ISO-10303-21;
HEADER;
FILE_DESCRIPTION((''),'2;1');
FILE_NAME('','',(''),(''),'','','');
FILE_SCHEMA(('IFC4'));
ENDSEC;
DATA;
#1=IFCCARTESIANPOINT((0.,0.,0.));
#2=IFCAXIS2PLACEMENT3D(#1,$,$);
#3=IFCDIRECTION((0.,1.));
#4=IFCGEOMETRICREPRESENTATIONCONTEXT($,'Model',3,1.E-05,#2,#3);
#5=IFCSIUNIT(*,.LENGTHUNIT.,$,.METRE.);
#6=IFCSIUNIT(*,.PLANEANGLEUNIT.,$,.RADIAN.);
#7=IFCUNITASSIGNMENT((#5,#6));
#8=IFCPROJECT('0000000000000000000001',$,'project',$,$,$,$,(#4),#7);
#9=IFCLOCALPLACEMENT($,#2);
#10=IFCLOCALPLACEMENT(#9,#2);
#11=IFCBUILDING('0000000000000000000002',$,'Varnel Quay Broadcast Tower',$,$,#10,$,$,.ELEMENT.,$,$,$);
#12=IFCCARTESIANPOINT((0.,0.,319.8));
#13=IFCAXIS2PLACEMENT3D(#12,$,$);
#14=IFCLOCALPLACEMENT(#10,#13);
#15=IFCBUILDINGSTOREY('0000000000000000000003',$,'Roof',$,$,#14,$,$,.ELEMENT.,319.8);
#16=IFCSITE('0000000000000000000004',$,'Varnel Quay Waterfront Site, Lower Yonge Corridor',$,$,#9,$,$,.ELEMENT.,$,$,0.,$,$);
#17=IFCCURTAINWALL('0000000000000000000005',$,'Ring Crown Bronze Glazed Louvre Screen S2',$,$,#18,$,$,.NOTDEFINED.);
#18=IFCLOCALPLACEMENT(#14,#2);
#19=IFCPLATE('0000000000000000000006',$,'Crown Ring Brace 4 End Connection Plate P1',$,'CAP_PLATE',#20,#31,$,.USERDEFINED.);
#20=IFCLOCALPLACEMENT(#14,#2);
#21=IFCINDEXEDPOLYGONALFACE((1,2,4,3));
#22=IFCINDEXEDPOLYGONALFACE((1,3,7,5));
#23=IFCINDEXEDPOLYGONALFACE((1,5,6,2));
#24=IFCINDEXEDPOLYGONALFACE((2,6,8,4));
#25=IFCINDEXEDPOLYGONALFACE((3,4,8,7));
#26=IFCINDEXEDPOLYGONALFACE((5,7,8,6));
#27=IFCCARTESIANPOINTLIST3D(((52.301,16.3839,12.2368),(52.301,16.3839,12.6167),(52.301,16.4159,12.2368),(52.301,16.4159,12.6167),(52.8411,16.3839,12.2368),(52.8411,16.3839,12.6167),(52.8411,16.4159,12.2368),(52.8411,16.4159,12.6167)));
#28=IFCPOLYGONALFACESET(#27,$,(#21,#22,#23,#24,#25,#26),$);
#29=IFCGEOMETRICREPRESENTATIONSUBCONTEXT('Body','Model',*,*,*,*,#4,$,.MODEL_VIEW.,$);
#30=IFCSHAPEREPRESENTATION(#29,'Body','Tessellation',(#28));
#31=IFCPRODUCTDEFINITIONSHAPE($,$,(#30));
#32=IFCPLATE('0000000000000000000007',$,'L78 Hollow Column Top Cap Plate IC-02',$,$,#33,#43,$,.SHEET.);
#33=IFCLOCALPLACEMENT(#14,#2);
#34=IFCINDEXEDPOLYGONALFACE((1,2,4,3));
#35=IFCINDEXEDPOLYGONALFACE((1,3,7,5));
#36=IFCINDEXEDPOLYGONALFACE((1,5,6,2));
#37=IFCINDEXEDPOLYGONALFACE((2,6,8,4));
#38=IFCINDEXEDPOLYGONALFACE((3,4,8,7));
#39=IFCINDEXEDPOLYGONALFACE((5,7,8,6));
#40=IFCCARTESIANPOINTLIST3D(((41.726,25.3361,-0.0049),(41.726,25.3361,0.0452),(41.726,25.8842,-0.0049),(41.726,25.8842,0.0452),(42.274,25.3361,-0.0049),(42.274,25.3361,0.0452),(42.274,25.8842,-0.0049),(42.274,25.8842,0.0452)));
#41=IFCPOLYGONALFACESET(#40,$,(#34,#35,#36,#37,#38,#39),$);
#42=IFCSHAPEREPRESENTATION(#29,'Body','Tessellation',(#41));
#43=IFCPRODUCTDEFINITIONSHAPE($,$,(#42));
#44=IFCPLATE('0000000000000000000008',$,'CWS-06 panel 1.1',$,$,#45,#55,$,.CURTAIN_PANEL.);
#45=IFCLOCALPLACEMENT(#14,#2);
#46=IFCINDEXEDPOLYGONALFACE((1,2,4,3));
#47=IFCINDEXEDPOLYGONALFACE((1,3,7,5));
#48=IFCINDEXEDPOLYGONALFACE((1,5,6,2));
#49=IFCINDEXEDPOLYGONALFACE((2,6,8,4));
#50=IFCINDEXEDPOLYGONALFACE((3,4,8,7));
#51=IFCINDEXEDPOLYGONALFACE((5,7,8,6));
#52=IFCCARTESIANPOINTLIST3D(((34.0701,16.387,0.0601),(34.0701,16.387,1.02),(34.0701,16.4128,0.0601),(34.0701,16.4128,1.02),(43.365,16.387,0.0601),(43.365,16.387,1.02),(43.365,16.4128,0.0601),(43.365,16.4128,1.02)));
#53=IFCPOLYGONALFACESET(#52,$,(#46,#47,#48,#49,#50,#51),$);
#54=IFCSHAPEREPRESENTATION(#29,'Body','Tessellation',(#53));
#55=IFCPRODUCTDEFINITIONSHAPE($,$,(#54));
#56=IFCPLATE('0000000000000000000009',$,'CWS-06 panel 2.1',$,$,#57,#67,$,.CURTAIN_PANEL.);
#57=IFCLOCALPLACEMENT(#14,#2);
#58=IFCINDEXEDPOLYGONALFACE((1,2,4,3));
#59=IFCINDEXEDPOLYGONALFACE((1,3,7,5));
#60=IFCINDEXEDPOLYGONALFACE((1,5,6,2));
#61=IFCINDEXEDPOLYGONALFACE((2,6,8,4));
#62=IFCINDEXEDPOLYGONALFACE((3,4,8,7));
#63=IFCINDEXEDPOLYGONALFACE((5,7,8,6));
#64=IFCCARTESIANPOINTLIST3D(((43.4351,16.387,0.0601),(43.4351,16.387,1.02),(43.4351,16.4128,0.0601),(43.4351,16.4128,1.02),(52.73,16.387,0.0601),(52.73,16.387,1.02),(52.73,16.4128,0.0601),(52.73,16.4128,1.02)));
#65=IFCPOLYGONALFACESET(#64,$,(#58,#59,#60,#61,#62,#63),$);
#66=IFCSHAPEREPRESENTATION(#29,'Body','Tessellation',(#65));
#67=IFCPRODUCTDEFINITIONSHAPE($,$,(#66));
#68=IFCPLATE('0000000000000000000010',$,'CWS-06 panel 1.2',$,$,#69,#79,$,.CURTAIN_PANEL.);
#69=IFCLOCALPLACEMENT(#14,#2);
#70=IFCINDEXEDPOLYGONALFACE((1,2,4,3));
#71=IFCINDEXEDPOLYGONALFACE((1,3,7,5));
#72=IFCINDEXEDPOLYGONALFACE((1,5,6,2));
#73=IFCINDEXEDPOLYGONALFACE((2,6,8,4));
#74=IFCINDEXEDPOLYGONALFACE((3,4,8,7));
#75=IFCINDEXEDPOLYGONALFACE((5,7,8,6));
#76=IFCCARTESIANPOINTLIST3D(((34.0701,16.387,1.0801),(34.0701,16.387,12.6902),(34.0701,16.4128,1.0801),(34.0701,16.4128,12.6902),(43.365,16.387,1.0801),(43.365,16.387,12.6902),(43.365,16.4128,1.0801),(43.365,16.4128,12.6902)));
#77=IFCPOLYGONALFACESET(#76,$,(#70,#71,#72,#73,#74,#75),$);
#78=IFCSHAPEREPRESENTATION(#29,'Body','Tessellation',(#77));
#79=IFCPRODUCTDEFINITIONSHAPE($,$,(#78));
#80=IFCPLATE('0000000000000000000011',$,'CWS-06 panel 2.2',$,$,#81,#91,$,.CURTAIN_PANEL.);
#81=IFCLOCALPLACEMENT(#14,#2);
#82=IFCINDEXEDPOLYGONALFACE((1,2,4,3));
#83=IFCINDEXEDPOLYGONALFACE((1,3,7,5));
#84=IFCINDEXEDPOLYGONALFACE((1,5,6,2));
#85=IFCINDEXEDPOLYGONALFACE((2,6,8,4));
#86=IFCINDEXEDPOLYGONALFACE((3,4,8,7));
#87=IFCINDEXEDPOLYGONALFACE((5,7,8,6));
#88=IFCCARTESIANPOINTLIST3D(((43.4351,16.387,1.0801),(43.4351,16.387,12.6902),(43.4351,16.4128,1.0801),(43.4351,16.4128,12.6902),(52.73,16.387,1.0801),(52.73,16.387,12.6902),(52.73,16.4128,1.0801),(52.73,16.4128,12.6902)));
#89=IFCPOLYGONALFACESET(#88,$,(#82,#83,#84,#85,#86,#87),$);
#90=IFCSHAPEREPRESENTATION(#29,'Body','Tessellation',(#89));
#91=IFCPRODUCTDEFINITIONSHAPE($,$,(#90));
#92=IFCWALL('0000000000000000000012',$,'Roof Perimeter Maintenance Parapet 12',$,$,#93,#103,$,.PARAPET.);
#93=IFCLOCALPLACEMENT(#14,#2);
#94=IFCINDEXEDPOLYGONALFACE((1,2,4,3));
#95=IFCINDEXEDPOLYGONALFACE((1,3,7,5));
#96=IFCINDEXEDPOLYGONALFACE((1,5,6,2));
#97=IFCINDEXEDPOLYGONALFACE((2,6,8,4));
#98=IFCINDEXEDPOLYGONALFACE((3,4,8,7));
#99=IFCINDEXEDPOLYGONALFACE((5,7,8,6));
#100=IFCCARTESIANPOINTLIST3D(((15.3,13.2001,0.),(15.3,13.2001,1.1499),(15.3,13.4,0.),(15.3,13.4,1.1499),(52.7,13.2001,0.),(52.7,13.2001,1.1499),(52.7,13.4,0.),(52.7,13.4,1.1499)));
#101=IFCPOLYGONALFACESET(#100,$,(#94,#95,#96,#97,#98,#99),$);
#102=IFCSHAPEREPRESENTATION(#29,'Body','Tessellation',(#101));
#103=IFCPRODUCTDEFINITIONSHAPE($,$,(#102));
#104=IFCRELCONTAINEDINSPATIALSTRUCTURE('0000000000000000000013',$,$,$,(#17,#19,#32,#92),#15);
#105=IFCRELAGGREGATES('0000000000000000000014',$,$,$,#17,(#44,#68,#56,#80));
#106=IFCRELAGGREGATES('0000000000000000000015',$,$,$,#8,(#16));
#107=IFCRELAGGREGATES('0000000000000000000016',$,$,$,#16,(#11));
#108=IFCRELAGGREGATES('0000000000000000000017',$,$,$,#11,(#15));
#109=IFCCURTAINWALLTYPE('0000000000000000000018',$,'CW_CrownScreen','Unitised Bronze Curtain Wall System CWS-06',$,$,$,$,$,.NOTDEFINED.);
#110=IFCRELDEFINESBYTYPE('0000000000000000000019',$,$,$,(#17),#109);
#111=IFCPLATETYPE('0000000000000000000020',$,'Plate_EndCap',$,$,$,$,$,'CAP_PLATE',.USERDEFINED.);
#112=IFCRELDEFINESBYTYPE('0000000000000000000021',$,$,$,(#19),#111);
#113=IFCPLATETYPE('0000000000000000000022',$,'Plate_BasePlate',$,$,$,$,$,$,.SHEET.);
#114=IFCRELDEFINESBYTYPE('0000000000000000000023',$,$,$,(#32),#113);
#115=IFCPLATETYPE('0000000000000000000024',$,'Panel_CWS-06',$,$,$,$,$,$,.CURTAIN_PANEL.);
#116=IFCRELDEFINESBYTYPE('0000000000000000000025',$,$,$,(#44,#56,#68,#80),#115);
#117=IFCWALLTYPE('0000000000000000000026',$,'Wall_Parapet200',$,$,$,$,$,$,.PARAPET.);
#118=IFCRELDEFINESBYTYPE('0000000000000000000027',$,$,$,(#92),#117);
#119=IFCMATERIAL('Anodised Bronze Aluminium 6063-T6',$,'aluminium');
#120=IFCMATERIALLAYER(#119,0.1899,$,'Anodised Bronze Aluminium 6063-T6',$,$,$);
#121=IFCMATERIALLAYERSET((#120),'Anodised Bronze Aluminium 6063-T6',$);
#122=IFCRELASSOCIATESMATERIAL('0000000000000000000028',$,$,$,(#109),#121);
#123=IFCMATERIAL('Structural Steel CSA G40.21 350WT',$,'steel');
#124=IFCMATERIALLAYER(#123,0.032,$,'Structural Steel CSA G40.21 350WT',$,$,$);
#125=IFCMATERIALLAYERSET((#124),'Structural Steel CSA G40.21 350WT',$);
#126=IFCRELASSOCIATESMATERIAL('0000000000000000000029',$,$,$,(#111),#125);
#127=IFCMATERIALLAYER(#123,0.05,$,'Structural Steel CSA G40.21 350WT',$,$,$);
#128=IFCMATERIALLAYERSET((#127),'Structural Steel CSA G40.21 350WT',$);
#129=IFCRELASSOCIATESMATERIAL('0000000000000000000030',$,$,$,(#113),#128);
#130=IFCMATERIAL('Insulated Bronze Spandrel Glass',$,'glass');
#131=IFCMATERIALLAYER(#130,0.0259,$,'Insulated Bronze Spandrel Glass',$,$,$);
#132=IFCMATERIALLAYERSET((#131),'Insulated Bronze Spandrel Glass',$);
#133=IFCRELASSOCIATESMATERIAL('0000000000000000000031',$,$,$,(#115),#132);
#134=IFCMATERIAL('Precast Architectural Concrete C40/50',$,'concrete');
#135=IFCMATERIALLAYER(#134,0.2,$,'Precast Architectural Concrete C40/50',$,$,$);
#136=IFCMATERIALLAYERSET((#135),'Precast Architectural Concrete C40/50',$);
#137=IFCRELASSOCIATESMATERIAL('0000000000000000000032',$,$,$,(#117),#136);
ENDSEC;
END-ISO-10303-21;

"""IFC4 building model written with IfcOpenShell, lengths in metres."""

from ifc_helpers import new_model, si_unit, direction, frame, frame_2d, origin, origin_2d, place, context, subcontext, project, spatial, rectangle, extrude, source, transform, mapped, material, layer, layer_set, type_object, type_shapes, element, aggregate, save


model = new_model("IFC4")

# Units and contexts
model_context = context("Model", 3, precision=1e-05, world=origin(), true_north=direction((0.0, 1.0)))
body_context = subcontext(model_context, "Body", "Model", "MODEL_VIEW")
ifc_project = project(units=[si_unit("LENGTHUNIT", "METRE"), si_unit("PLANEANGLEUNIT", "RADIAN")], contexts=[model_context])

# Site, building, storey
site_placement = place(None, origin())
site = spatial("IfcSite", under=ifc_project, at=site_placement, Name="Varnel Quay Waterfront Site, Lower Yonge Corridor", CompositionType="ELEMENT", RefElevation=0.0)
building_placement = place(site_placement, origin())
building = spatial("IfcBuilding", under=site, at=building_placement, Name="Varnel Quay Broadcast Tower", CompositionType="ELEMENT")
storey_placement = place(building_placement, frame((0.0, 0.0, 319.8)))
storey = spatial("IfcBuildingStorey", under=building, at=storey_placement, Name="Roof", CompositionType="ELEMENT", Elevation=319.8)

# Shared definitions
ifc_material_1 = material(Name="Structural Steel CSA G40.21 350WT", Category="steel")

# Curtain wall
ifc_material_2 = material(Name="Anodised Bronze Aluminium 6063-T6", Category="aluminium")
ifc_layer_1 = layer(ifc_material_2, 0.1899, Name="Anodised Bronze Aluminium 6063-T6")
ifc_layer_set_1 = layer_set([ifc_layer_1], Name="Anodised Bronze Aluminium 6063-T6")
curtain_wall_type = type_object("IfcCurtainWallType", Name="CW_CrownScreen", Description="Unitised Bronze Curtain Wall System CWS-06", PredefinedType="NOTDEFINED", material=ifc_layer_set_1)
curtain_wall_placement = place(storey_placement, origin())
curtain_wall = element("IfcCurtainWall", 1, at=curtain_wall_placement, inside=storey, type_object=curtain_wall_type, Name="Ring Crown Bronze Glazed Louvre Screen S2", PredefinedType="NOTDEFINED")

# Plates
ifc_layer_2 = layer(ifc_material_1, 0.032, Name="Structural Steel CSA G40.21 350WT")
ifc_layer_set_2 = layer_set([ifc_layer_2], Name="Structural Steel CSA G40.21 350WT")
plate_type_1 = type_object("IfcPlateType", Name="Plate_EndCap", ElementType="CAP_PLATE", PredefinedType="USERDEFINED", material=ifc_layer_set_2)
shared_shape_1 = source(origin(), body_context, "Body", "SweptSolid", [
    extrude(rectangle(XDim=0.54, YDim=0.032, at=origin_2d()), origin(), (0.0, 0.0, 1.0), 0.3799),
])
type_shapes(plate_type_1, [shared_shape_1])
for number, where, z_axis, x_axis, name in (
    (2, (52.571, 16.3999, 12.2368), (0.0, 0.0, 1.0), (1.0, 0.0, 0.0), "Crown Ring Brace 4 End Connection Plate P1"),
):
    element("IfcPlate", number, at=place(storey_placement, frame(where, z_axis=z_axis, x_axis=x_axis)), inside=storey, type_object=plate_type_1, Name=name, ObjectType="CAP_PLATE", PredefinedType="USERDEFINED", context=body_context, shape_type="MappedRepresentation", body=[
        mapped(shared_shape_1, transform((0.0, 0.0, 0.0), x_axis=(1.0, 0.0, 0.0), y_axis=(0.0, 1.0, 0.0), z_axis=(0.0, 0.0, 1.0), scale=1.0)),
    ])
ifc_layer_3 = layer(ifc_material_1, 0.05, Name="Structural Steel CSA G40.21 350WT")
ifc_layer_set_3 = layer_set([ifc_layer_3], Name="Structural Steel CSA G40.21 350WT")
plate_type_2 = type_object("IfcPlateType", Name="Plate_BasePlate", PredefinedType="SHEET", material=ifc_layer_set_3)
shared_shape_2 = source(origin(), body_context, "Body", "SweptSolid", [
    extrude(rectangle(XDim=0.5481, YDim=0.5481, at=origin_2d()), origin(), (0.0, 0.0, 1.0), 0.05),
])
type_shapes(plate_type_2, [shared_shape_2])
plate_1_placement = place(storey_placement, frame((42.0, 25.6101, -0.0049), z_axis=(0.0, 0.0, 1.0), x_axis=(1.0, 0.0, 0.0)))
element("IfcPlate", 3, at=plate_1_placement, inside=storey, type_object=plate_type_2, Name="L78 Hollow Column Top Cap Plate IC-02", PredefinedType="SHEET", context=body_context, shape_type="MappedRepresentation", body=[
    mapped(shared_shape_2, transform((0.0, 0.0, 0.0), x_axis=(1.0, 0.0, 0.0), y_axis=(0.0, 1.0, 0.0), z_axis=(0.0, 0.0, 1.0), scale=1.0)),
])

# Plates
ifc_material_3 = material(Name="Insulated Bronze Spandrel Glass", Category="glass")
ifc_layer_4 = layer(ifc_material_3, 0.0259, Name="Insulated Bronze Spandrel Glass")
ifc_layer_set_4 = layer_set([ifc_layer_4], Name="Insulated Bronze Spandrel Glass")
plate_type_3 = type_object("IfcPlateType", Name="Panel_CWS-06", PredefinedType="CURTAIN_PANEL", material=ifc_layer_set_4)
shared_shape_3 = source(origin(), body_context, "Body", "SweptSolid", [
    extrude(rectangle(XDim=9.2949, YDim=0.0259, at=origin_2d()), origin(), (0.0, 0.0, 1.0), 0.96),
])
plate_2_placement = place(storey_placement, frame((38.7175, 16.3999, 0.0601), z_axis=(0.0, 0.0, 1.0), x_axis=(1.0, 0.0, 0.0)))
plate_2 = element("IfcPlate", 4, at=plate_2_placement, type_object=plate_type_3, Name="CWS-06 panel 1.1", PredefinedType="CURTAIN_PANEL", context=body_context, shape_type="MappedRepresentation", body=[
    mapped(shared_shape_3, transform((0.0, 0.0, 0.0), x_axis=(1.0, 0.0, 0.0), y_axis=(0.0, 1.0, 0.0), z_axis=(0.0, 0.0, 1.0), scale=1.0)),
])
plate_3_placement = place(storey_placement, frame((48.0825, 16.3999, 0.0601), z_axis=(0.0, 0.0, 1.0), x_axis=(1.0, 0.0, 0.0)))
plate_3 = element("IfcPlate", 5, at=plate_3_placement, type_object=plate_type_3, Name="CWS-06 panel 2.1", PredefinedType="CURTAIN_PANEL", context=body_context, shape_type="MappedRepresentation", body=[
    mapped(shared_shape_3, transform((0.0, 0.0, 0.0), x_axis=(1.0, 0.0, 0.0), y_axis=(0.0, 1.0, 0.0), z_axis=(0.0, 0.0, 1.0), scale=1.0)),
])
shared_shape_4 = source(origin(), body_context, "Body", "SweptSolid", [
    extrude(rectangle(XDim=9.2949, YDim=0.0259, at=origin_2d()), origin(), (0.0, 0.0, 1.0), 11.6101),
])
type_shapes(plate_type_3, [shared_shape_3, shared_shape_4])
plate_4_placement = place(storey_placement, frame((38.7175, 16.3999, 1.0801), z_axis=(0.0, 0.0, 1.0), x_axis=(1.0, 0.0, 0.0)))
plate_4 = element("IfcPlate", 6, at=plate_4_placement, type_object=plate_type_3, Name="CWS-06 panel 1.2", PredefinedType="CURTAIN_PANEL", context=body_context, shape_type="MappedRepresentation", body=[
    mapped(shared_shape_4, transform((0.0, 0.0, 0.0), x_axis=(1.0, 0.0, 0.0), y_axis=(0.0, 1.0, 0.0), z_axis=(0.0, 0.0, 1.0), scale=1.0)),
])
plate_5_placement = place(storey_placement, frame((48.0825, 16.3999, 1.0801), z_axis=(0.0, 0.0, 1.0), x_axis=(1.0, 0.0, 0.0)))
plate_5 = element("IfcPlate", 7, at=plate_5_placement, type_object=plate_type_3, Name="CWS-06 panel 2.2", PredefinedType="CURTAIN_PANEL", context=body_context, shape_type="MappedRepresentation", body=[
    mapped(shared_shape_4, transform((0.0, 0.0, 0.0), x_axis=(1.0, 0.0, 0.0), y_axis=(0.0, 1.0, 0.0), z_axis=(0.0, 0.0, 1.0), scale=1.0)),
])
aggregate(curtain_wall, [plate_2, plate_4, plate_3, plate_5])

# Wall
ifc_material_4 = material(Name="Precast Architectural Concrete C40/50", Category="concrete")
ifc_layer_5 = layer(ifc_material_4, 0.2, Name="Precast Architectural Concrete C40/50")
ifc_layer_set_5 = layer_set([ifc_layer_5], Name="Precast Architectural Concrete C40/50")
wall_type = type_object("IfcWallType", Name="Wall_Parapet200", PredefinedType="PARAPET", material=ifc_layer_set_5)
wall_placement = place(storey_placement, frame((52.7, 13.3, 0.0), z_axis=(0.0, 0.0, 1.0), x_axis=(-1.0, 0.0, 0.0)))
element("IfcWall", 8, at=wall_placement, inside=storey, type_object=wall_type, Name="Roof Perimeter Maintenance Parapet 12", PredefinedType="PARAPET", context=body_context, shape_type="SweptSolid", body=[
    extrude(rectangle(XDim=37.3999, YDim=0.2, at=frame_2d((18.7, 0.0))), origin(), (0.0, 0.0, 1.0), 1.1499),
])

save(model, "model.ifc")
